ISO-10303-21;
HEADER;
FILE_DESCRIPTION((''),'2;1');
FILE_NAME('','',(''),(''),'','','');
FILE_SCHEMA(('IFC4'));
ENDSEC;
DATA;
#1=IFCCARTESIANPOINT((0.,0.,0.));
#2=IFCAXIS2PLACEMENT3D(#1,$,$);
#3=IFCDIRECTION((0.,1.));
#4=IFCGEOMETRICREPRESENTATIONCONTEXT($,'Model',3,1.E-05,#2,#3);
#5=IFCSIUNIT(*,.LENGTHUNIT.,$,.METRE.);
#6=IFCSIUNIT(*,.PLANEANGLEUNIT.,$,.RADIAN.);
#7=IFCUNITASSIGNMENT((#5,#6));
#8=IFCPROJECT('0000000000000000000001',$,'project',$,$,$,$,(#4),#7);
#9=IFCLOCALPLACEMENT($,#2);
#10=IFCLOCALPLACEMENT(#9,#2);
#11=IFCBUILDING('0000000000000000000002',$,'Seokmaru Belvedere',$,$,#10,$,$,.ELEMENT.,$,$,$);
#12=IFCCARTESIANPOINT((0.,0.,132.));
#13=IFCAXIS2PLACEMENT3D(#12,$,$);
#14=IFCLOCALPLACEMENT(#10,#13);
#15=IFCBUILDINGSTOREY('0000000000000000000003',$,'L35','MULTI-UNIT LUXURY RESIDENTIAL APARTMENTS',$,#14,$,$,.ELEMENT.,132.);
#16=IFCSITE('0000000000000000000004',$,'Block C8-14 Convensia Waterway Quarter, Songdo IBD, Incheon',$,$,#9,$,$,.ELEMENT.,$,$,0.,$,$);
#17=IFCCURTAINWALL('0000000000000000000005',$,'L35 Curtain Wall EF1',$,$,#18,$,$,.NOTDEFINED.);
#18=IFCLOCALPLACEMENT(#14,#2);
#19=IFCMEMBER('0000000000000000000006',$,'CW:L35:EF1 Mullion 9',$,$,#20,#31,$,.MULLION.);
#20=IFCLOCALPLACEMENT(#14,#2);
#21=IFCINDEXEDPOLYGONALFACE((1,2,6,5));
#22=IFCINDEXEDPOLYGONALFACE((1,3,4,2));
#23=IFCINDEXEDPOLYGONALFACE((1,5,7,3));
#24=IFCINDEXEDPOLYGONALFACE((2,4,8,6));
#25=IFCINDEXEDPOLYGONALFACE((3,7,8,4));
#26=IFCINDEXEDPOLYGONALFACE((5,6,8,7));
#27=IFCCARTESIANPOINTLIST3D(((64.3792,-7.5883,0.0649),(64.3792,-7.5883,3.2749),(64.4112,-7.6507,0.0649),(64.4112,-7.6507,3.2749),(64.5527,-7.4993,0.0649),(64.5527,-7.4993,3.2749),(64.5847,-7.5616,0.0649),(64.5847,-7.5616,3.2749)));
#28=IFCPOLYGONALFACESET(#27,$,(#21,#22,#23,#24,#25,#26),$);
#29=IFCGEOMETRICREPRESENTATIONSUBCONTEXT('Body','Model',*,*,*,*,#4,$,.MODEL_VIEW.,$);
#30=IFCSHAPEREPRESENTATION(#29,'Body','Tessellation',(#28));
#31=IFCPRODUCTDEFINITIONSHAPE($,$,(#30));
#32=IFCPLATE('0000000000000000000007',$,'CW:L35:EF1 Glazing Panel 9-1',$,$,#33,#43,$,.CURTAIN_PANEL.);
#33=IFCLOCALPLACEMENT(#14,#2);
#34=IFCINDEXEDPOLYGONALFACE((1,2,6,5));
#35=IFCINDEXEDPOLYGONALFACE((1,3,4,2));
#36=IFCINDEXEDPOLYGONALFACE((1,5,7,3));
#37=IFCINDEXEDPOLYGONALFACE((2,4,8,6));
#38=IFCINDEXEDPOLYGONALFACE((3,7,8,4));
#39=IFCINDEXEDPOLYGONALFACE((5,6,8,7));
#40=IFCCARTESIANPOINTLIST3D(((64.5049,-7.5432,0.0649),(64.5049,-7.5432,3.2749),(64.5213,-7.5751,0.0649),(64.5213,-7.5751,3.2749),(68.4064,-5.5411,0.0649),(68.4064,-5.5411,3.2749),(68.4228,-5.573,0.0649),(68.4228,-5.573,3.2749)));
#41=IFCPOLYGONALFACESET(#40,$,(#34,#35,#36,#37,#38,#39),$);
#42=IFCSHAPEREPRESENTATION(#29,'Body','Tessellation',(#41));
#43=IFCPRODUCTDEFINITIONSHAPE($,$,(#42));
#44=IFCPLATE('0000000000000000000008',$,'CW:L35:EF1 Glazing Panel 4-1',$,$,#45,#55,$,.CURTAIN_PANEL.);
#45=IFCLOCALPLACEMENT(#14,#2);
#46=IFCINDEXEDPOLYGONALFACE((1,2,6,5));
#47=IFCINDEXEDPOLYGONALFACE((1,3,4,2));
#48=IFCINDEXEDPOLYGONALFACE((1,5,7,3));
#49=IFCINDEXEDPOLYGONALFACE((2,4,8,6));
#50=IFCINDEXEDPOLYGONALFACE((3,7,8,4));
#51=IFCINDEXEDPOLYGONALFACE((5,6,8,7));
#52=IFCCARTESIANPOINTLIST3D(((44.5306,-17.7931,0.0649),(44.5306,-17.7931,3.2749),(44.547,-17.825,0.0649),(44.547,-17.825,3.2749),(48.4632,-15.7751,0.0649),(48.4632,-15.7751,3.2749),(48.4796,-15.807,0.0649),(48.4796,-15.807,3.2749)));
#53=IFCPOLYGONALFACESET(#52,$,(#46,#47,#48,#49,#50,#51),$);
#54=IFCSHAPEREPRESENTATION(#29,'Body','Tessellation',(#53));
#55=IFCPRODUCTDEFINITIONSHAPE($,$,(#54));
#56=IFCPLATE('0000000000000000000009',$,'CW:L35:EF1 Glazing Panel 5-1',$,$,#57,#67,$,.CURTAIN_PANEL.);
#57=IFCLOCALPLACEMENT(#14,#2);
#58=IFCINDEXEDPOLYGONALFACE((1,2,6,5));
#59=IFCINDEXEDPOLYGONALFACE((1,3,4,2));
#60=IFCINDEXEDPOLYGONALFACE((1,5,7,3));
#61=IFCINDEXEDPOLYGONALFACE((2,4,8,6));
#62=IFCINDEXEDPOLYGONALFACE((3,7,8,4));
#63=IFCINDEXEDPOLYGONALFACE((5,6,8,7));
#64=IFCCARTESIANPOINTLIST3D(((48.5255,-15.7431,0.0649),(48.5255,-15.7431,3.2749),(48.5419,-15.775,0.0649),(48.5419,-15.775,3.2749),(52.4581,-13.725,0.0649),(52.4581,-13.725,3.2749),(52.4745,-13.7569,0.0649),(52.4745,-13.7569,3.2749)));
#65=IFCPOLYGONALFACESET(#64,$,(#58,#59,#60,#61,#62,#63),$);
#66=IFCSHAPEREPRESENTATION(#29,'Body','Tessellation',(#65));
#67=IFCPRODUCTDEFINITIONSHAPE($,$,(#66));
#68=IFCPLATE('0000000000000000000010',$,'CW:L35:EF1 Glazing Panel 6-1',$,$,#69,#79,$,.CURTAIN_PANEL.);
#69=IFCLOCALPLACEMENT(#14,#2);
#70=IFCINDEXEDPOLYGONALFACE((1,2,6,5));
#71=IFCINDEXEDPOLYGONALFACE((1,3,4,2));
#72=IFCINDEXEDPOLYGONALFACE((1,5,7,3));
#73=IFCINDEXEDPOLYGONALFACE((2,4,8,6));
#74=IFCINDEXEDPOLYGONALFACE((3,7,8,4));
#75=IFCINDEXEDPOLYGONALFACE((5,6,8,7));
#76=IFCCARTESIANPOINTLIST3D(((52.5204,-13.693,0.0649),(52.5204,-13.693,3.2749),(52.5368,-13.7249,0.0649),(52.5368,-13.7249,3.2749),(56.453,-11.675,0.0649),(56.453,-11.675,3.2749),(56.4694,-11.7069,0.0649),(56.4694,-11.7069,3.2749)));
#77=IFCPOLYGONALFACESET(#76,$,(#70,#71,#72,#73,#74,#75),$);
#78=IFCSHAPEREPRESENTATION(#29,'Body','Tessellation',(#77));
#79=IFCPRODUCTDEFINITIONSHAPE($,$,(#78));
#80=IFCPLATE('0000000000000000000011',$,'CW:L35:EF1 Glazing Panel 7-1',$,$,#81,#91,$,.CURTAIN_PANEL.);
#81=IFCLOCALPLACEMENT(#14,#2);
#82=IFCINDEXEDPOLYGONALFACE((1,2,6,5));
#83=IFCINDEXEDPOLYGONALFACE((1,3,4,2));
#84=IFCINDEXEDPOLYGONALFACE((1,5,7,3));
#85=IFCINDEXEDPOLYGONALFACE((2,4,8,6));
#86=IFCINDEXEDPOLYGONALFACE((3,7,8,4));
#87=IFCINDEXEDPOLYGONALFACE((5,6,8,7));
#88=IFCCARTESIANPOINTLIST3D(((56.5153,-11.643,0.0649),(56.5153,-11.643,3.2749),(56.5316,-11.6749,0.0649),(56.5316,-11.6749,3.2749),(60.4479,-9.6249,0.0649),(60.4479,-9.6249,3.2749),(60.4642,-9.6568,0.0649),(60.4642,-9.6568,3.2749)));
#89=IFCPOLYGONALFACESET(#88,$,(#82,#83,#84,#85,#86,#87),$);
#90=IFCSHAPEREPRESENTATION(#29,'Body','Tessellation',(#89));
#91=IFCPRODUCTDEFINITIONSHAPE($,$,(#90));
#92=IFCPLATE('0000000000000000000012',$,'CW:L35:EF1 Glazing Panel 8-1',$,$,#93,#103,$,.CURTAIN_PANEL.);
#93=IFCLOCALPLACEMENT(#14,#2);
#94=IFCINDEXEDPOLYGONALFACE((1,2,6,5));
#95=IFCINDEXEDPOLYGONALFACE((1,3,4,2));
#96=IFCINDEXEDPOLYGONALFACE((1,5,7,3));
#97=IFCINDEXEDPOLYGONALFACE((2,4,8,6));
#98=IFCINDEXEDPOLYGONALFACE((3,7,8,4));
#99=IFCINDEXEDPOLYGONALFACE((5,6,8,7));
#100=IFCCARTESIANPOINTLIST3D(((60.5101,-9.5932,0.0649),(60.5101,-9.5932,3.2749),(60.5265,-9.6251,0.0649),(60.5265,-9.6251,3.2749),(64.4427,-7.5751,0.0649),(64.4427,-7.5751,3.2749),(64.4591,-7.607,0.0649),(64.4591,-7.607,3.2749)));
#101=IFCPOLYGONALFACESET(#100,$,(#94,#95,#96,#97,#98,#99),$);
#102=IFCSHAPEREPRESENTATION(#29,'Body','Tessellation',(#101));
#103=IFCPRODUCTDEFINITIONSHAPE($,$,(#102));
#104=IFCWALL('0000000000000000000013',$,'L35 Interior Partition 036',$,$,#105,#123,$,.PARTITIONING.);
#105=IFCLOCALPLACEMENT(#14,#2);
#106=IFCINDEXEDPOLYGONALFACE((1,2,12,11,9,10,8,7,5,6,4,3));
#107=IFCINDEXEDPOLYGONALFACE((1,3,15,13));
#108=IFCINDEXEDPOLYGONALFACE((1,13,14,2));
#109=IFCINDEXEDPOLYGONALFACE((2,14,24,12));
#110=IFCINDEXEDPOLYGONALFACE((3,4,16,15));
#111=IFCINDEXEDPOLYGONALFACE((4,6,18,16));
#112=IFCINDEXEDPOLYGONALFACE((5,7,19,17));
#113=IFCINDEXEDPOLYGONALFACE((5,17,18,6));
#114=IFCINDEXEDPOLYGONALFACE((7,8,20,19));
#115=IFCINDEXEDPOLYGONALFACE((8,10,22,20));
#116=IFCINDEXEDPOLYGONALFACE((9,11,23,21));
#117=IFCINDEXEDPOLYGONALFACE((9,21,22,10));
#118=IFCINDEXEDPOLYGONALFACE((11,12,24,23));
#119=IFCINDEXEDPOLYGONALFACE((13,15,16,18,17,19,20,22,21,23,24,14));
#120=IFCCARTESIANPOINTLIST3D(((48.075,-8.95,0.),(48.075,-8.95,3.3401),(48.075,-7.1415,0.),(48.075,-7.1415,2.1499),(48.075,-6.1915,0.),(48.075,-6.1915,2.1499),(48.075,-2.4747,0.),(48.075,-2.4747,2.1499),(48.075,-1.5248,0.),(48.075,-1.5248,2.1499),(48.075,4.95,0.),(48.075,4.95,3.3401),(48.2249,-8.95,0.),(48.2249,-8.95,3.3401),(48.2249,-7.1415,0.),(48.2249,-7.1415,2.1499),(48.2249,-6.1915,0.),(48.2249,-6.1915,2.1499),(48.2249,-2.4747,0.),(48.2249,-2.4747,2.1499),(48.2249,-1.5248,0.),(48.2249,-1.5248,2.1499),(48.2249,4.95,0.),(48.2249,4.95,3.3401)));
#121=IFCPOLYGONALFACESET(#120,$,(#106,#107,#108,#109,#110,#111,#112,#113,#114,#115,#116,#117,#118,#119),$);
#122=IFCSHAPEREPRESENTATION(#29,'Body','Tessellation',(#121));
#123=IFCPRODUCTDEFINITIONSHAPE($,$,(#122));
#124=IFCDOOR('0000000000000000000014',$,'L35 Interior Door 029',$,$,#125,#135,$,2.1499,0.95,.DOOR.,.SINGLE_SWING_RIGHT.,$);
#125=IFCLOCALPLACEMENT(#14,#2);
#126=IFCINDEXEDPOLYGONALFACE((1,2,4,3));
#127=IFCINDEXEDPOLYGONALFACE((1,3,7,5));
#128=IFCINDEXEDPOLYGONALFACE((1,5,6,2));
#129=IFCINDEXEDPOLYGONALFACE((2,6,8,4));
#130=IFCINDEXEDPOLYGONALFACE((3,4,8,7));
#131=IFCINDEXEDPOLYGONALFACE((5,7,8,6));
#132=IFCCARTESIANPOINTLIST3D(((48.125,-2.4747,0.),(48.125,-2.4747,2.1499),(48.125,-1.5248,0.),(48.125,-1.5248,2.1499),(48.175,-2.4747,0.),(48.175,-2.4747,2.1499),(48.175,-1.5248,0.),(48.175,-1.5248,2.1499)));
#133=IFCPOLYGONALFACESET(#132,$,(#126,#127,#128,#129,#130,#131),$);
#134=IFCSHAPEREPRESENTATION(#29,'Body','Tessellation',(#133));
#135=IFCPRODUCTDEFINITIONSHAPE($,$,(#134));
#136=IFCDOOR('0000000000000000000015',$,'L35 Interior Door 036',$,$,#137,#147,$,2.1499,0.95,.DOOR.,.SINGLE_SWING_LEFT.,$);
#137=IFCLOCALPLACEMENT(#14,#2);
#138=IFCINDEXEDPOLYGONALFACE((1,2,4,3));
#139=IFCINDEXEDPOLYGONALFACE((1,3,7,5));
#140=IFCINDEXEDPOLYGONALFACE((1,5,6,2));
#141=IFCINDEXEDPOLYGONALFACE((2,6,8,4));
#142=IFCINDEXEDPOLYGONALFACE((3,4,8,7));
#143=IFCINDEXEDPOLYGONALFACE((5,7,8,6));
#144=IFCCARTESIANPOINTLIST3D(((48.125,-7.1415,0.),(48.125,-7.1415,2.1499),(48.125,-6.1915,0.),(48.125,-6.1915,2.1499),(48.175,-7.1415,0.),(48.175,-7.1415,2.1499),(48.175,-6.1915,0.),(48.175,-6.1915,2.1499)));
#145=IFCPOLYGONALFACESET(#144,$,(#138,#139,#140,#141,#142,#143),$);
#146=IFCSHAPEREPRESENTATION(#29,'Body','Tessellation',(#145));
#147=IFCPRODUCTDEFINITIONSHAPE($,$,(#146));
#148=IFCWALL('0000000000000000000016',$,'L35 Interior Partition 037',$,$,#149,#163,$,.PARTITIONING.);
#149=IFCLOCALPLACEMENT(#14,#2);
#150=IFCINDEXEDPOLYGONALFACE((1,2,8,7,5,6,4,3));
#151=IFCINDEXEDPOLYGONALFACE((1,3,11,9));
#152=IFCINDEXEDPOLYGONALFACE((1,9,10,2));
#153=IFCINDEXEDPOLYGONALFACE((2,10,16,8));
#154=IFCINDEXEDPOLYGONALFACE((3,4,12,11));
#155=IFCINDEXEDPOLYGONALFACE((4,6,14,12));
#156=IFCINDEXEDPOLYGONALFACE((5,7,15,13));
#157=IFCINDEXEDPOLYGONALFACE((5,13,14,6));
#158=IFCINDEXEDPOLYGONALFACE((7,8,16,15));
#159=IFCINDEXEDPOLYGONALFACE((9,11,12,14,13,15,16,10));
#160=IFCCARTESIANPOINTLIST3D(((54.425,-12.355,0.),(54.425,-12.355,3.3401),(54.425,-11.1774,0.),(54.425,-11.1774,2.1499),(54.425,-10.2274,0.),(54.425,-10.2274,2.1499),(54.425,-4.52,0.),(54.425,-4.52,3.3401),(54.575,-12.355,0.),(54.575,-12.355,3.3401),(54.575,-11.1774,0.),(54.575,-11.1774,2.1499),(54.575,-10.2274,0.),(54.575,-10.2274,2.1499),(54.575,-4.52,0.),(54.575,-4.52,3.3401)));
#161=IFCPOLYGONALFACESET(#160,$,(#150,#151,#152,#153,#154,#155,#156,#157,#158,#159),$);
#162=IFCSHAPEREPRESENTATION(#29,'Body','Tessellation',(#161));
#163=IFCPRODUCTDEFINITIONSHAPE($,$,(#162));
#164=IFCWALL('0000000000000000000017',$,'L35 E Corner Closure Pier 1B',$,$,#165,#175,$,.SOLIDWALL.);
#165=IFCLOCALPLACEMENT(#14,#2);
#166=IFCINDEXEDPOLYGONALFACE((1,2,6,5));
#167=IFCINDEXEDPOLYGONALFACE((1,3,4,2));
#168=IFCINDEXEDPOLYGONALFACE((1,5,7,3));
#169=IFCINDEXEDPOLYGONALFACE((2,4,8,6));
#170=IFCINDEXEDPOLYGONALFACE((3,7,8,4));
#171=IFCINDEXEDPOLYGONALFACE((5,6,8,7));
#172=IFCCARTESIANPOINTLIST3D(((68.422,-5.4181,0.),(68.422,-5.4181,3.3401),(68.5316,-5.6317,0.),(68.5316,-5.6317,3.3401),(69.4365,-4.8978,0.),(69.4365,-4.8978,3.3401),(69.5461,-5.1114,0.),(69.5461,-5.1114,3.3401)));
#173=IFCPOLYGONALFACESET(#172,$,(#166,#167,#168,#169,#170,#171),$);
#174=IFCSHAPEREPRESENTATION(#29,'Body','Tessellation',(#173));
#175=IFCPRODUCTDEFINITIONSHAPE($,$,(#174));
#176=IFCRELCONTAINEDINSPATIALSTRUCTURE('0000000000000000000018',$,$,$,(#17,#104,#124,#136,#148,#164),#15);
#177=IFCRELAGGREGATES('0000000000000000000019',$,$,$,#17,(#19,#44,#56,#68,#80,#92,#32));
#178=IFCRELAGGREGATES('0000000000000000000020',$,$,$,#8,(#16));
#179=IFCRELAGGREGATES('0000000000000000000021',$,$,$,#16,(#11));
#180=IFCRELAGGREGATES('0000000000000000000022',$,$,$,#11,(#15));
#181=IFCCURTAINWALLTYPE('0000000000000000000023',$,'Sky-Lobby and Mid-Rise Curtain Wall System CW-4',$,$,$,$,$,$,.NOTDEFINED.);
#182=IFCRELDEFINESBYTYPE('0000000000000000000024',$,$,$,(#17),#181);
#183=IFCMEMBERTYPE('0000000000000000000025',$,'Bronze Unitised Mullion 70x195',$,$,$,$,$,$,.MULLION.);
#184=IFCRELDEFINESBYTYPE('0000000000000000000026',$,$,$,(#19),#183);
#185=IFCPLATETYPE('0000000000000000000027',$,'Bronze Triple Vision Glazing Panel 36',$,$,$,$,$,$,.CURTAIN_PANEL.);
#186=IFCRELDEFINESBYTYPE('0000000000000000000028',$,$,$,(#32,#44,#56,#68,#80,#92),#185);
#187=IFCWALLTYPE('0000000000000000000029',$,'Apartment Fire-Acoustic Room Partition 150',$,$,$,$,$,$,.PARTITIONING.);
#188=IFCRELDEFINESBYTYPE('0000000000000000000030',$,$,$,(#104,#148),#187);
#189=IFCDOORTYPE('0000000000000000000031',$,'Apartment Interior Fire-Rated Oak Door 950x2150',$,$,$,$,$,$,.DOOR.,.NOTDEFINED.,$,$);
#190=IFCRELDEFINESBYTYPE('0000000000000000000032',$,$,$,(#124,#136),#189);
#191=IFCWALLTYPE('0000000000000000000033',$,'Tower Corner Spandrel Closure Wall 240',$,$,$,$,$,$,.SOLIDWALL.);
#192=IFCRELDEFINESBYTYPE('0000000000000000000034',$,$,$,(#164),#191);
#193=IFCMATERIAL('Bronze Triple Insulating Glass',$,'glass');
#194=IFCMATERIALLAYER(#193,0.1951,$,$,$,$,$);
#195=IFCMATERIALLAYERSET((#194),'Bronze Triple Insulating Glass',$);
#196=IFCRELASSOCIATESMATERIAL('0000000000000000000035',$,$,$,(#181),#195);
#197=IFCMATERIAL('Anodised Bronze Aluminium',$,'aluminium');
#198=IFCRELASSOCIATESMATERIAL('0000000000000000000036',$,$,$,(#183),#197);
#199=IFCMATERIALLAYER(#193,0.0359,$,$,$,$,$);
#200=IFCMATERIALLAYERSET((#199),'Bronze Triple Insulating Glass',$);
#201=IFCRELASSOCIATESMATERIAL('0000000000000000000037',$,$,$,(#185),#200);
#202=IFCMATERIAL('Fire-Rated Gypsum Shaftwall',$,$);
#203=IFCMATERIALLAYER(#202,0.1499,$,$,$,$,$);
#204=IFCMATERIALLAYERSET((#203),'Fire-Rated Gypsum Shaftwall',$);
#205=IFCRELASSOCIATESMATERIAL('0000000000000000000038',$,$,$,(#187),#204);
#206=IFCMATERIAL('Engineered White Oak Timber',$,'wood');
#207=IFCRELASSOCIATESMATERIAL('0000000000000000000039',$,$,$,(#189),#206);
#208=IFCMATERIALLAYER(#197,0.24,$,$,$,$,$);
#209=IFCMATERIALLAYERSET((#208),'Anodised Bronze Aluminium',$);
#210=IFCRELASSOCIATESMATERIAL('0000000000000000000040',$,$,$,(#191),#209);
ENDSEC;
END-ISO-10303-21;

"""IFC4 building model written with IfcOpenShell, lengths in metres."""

from ifc_helpers import new_model, si_unit, direction, frame, frame_2d, origin, origin_2d, place, context, subcontext, project, spatial, rectangle, extrude, source, transform, mapped, material, layer, layer_set, material_profile, profile_set, type_object, type_shapes, element, fill, aggregate, save


model = new_model("IFC4")

# Units and contexts
model_context = context("Model", 3, precision=1e-05, world=origin(), true_north=direction((0.0, 1.0)))
body_context = subcontext(model_context, "Body", "Model", "MODEL_VIEW")
ifc_project = project(units=[si_unit("LENGTHUNIT", "METRE"), si_unit("PLANEANGLEUNIT", "RADIAN")], contexts=[model_context])

# Site, building, storey
site_placement = place(None, origin())
site = spatial("IfcSite", under=ifc_project, at=site_placement, Name="Block C8-14 Convensia Waterway Quarter, Songdo IBD, Incheon", CompositionType="ELEMENT", RefElevation=0.0)
building_placement = place(site_placement, origin())
building = spatial("IfcBuilding", under=site, at=building_placement, Name="Seokmaru Belvedere", CompositionType="ELEMENT")
storey_placement = place(building_placement, frame((0.0, 0.0, 132.0)))
storey = spatial("IfcBuildingStorey", under=building, at=storey_placement, Name="L35", Description="MULTI-UNIT LUXURY RESIDENTIAL APARTMENTS", CompositionType="ELEMENT", Elevation=132.0)

# Curtain wall, member, plates
ifc_material_1 = material(Name="Bronze Triple Insulating Glass", Category="glass")
ifc_layer_1 = layer(ifc_material_1, 0.1951)
ifc_layer_set_1 = layer_set([ifc_layer_1], Name="Bronze Triple Insulating Glass")
curtain_wall_type = type_object("IfcCurtainWallType", Name="Sky-Lobby and Mid-Rise Curtain Wall System CW-4", PredefinedType="NOTDEFINED", material=ifc_layer_set_1)
curtain_wall_placement = place(storey_placement, origin())
curtain_wall = element("IfcCurtainWall", 1, at=curtain_wall_placement, inside=storey, type_object=curtain_wall_type, Name="L35 Curtain Wall EF1", PredefinedType="NOTDEFINED")
ifc_material_2 = material(Name="Anodised Bronze Aluminium", Category="aluminium")
ifc_material_profile_1 = material_profile(ifc_material_2, rectangle(XDim=0.0701, YDim=0.1951, at=origin_2d()), Name="CW-M-70x195")
ifc_profile_set_1 = profile_set([ifc_material_profile_1], Name="Anodised Bronze Aluminium")
member_type = type_object("IfcMemberType", Name="Bronze Unitised Mullion 70x195", PredefinedType="MULLION", material=ifc_profile_set_1)
shared_shape_1 = source(origin(), body_context, "Body", "SweptSolid", [
    extrude(rectangle(XDim=0.0701, YDim=0.1951, at=origin_2d()), origin(), (0.0, 0.0, 1.0), 3.21),
])
member_1_placement = place(storey_placement, frame((64.4819, -7.575, 0.0649), z_axis=(0.0, 0.0, 1.0), x_axis=(-0.456555, 0.889695, 0.0)))
member_1 = element("IfcMember", 2, at=member_1_placement, type_object=member_type, Name="CW:L35:EF1 Mullion 9", PredefinedType="MULLION", context=body_context, shape_type="MappedRepresentation", body=[
    mapped(shared_shape_1, transform((0.0, 0.0, 0.0), scale=1.0)),
])
ifc_layer_2 = layer(ifc_material_1, 0.0359)
ifc_layer_set_2 = layer_set([ifc_layer_2], Name="Bronze Triple Insulating Glass")
plate_type = type_object("IfcPlateType", Name="Bronze Triple Vision Glazing Panel 36", PredefinedType="CURTAIN_PANEL", material=ifc_layer_set_2)
shared_shape_2 = source(origin(), body_context, "Body", "SweptSolid", [
    extrude(rectangle(XDim=4.3853, YDim=0.0359, at=origin_2d()), origin(), (0.0, 0.0, 1.0), 3.21),
])
plate_1_placement = place(storey_placement, frame((66.4639, -6.5581, 0.0649), z_axis=(0.0, 0.0, 1.0), x_axis=(0.889695, 0.456555, 0.0)))
plate_1 = element("IfcPlate", 3, at=plate_1_placement, type_object=plate_type, Name="CW:L35:EF1 Glazing Panel 9-1", PredefinedType="CURTAIN_PANEL", context=body_context, shape_type="MappedRepresentation", body=[
    mapped(shared_shape_2, transform((0.0, 0.0, 0.0), scale=1.0)),
])
shared_shape_3 = source(origin(), body_context, "Body", "SweptSolid", [
    extrude(rectangle(XDim=4.4202, YDim=0.0359, at=origin_2d()), origin(), (0.0, 0.0, 1.0), 3.21),
])
type_shapes(plate_type, [shared_shape_2, shared_shape_3])
plate_2_placement = place(storey_placement, frame((46.5051, -16.8, 0.0649), z_axis=(0.0, 0.0, 1.0), x_axis=(0.889695, 0.456555, 0.0)))
plate_2 = element("IfcPlate", 4, at=plate_2_placement, type_object=plate_type, Name="CW:L35:EF1 Glazing Panel 4-1", PredefinedType="CURTAIN_PANEL", context=body_context, shape_type="MappedRepresentation", body=[
    mapped(shared_shape_3, transform((0.0, 0.0, 0.0), scale=1.0)),
])
plate_3_placement = place(storey_placement, frame((50.5, -14.75, 0.0649), z_axis=(0.0, 0.0, 1.0), x_axis=(0.889695, 0.456555, 0.0)))
plate_3 = element("IfcPlate", 5, at=plate_3_placement, type_object=plate_type, Name="CW:L35:EF1 Glazing Panel 5-1", PredefinedType="CURTAIN_PANEL", context=body_context, shape_type="MappedRepresentation", body=[
    mapped(shared_shape_3, transform((0.0, 0.0, 0.0), scale=1.0)),
])
plate_4_placement = place(storey_placement, frame((54.4949, -12.7, 0.0649), z_axis=(0.0, 0.0, 1.0), x_axis=(0.889695, 0.456555, 0.0)))
plate_4 = element("IfcPlate", 6, at=plate_4_placement, type_object=plate_type, Name="CW:L35:EF1 Glazing Panel 6-1", PredefinedType="CURTAIN_PANEL", context=body_context, shape_type="MappedRepresentation", body=[
    mapped(shared_shape_3, transform((0.0, 0.0, 0.0), scale=1.0)),
])
plate_5_placement = place(storey_placement, frame((58.4897, -10.6499, 0.0649), z_axis=(0.0, 0.0, 1.0), x_axis=(0.889695, 0.456555, 0.0)))
plate_5 = element("IfcPlate", 7, at=plate_5_placement, type_object=plate_type, Name="CW:L35:EF1 Glazing Panel 7-1", PredefinedType="CURTAIN_PANEL", context=body_context, shape_type="MappedRepresentation", body=[
    mapped(shared_shape_3, transform((0.0, 0.0, 0.0), scale=1.0)),
])
plate_6_placement = place(storey_placement, frame((62.4846, -8.6001, 0.0649), z_axis=(0.0, 0.0, 1.0), x_axis=(0.889695, 0.456555, 0.0)))
plate_6 = element("IfcPlate", 8, at=plate_6_placement, type_object=plate_type, Name="CW:L35:EF1 Glazing Panel 8-1", PredefinedType="CURTAIN_PANEL", context=body_context, shape_type="MappedRepresentation", body=[
    mapped(shared_shape_3, transform((0.0, 0.0, 0.0), scale=1.0)),
])
aggregate(curtain_wall, [member_1, plate_2, plate_3, plate_4, plate_5, plate_6, plate_1])

# Wall, openings, doors
ifc_material_3 = material(Name="Fire-Rated Gypsum Shaftwall")
ifc_layer_3 = layer(ifc_material_3, 0.1499)
ifc_layer_set_3 = layer_set([ifc_layer_3], Name="Fire-Rated Gypsum Shaftwall")
wall_type_1 = type_object("IfcWallType", Name="Apartment Fire-Acoustic Room Partition 150", PredefinedType="PARTITIONING", material=ifc_layer_set_3)
wall_1_placement = place(storey_placement, frame((48.1499, -8.95, 0.0), z_axis=(0.0, 0.0, 1.0), x_axis=(0.0, 1.0, 0.0)))
wall_1 = element("IfcWall", 9, at=wall_1_placement, inside=storey, type_object=wall_type_1, Name="L35 Interior Partition 036", PredefinedType="PARTITIONING", context=body_context, shape_type="SweptSolid", body=[
    extrude(rectangle(XDim=13.8999, YDim=0.1499, at=frame_2d((6.95, 0.0))), origin(), (0.0, 0.0, 1.0), 3.3401),
])
opening_1_placement = place(wall_1_placement, frame((6.4751, 0.0, 0.0)))
opening_1 = element("IfcOpeningElement", 10, at=opening_1_placement, cuts=wall_1, PredefinedType="OPENING", context=body_context, shape_type="SweptSolid", body=[
    extrude(rectangle(XDim=0.95, YDim=2.1499, at=frame_2d((0.4751, 1.075))), frame((0.0, 0.085, 0.0), z_axis=(0.0, -1.0, 0.0), x_axis=(1.0, 0.0, 0.0)), (0.0, 0.0, 1.0), 0.1699),
])
opening_2_placement = place(wall_1_placement, frame((1.8083, 0.0, 0.0)))
opening_2 = element("IfcOpeningElement", 11, at=opening_2_placement, cuts=wall_1, PredefinedType="OPENING", context=body_context, shape_type="SweptSolid", body=[
    extrude(rectangle(XDim=0.95, YDim=2.1499, at=frame_2d((0.4751, 1.075))), frame((0.0, 0.085, 0.0), z_axis=(0.0, -1.0, 0.0), x_axis=(1.0, 0.0, 0.0)), (0.0, 0.0, 1.0), 0.1699),
])
ifc_material_4 = material(Name="Engineered White Oak Timber", Category="wood")
door_type = type_object("IfcDoorType", Name="Apartment Interior Fire-Rated Oak Door 950x2150", OperationType="NOTDEFINED", PredefinedType="DOOR", material=ifc_material_4)
shared_shape_4 = source(origin(), body_context, "Body", "SweptSolid", [
    extrude(rectangle(XDim=0.95, YDim=2.1499, at=frame_2d((0.4751, 1.075))), frame((0.0, 0.0249, 0.0), z_axis=(0.0, -1.0, 0.0), x_axis=(1.0, 0.0, 0.0)), (0.0, 0.0, 1.0), 0.05),
])
type_shapes(door_type, [shared_shape_4])
door_1_placement = place(opening_1_placement, origin())
door_1 = element("IfcDoor", 12, at=door_1_placement, inside=storey, type_object=door_type, Name="L35 Interior Door 029", OperationType="SINGLE_SWING_RIGHT", OverallHeight=2.1499, OverallWidth=0.95, PredefinedType="DOOR", context=body_context, shape_type="MappedRepresentation", body=[
    mapped(shared_shape_4, transform((0.0, 0.0, 0.0), scale=1.0)),
])
fill(opening_1, door_1)
door_2_placement = place(opening_2_placement, origin())
door_2 = element("IfcDoor", 13, at=door_2_placement, inside=storey, type_object=door_type, Name="L35 Interior Door 036", OperationType="SINGLE_SWING_LEFT", OverallHeight=2.1499, OverallWidth=0.95, PredefinedType="DOOR", context=body_context, shape_type="MappedRepresentation", body=[
    mapped(shared_shape_4, transform((0.0, 0.0, 0.0), scale=1.0)),
])
fill(opening_2, door_2)

# Wall, opening
wall_2_placement = place(storey_placement, frame((54.5, -12.355, 0.0), z_axis=(0.0, 0.0, 1.0), x_axis=(0.0, 1.0, 0.0)))
wall_2 = element("IfcWall", 14, at=wall_2_placement, inside=storey, type_object=wall_type_1, Name="L35 Interior Partition 037", PredefinedType="PARTITIONING", context=body_context, shape_type="SweptSolid", body=[
    extrude(rectangle(XDim=7.835, YDim=0.1499, at=frame_2d((3.9175, 0.0))), origin(), (0.0, 0.0, 1.0), 3.3401),
])
opening_3_placement = place(wall_2_placement, frame((1.1775, 0.0, 0.0)))
element("IfcOpeningElement", 15, at=opening_3_placement, cuts=wall_2, PredefinedType="OPENING", context=body_context, shape_type="SweptSolid", body=[
    extrude(rectangle(XDim=0.95, YDim=2.1499, at=frame_2d((0.4751, 1.075))), frame((0.0, 0.085, 0.0), z_axis=(0.0, -1.0, 0.0), x_axis=(1.0, 0.0, 0.0)), (0.0, 0.0, 1.0), 0.1699),
])

# Wall
ifc_layer_4 = layer(ifc_material_2, 0.24)
ifc_layer_set_4 = layer_set([ifc_layer_4], Name="Anodised Bronze Aluminium")
wall_type_2 = type_object("IfcWallType", Name="Tower Corner Spandrel Closure Wall 240", PredefinedType="SOLIDWALL", material=ifc_layer_set_4)
wall_3_placement = place(storey_placement, frame((68.4768, -5.5249, 0.0), z_axis=(0.0, 0.0, 1.0), x_axis=(0.889797, 0.456356, 0.0)))
element("IfcWall", 16, at=wall_3_placement, inside=storey, type_object=wall_type_2, Name="L35 E Corner Closure Pier 1B", PredefinedType="SOLIDWALL", context=body_context, shape_type="SweptSolid", body=[
    extrude(rectangle(XDim=1.1401, YDim=0.24, at=frame_2d((0.5701, 0.0))), origin(), (0.0, 0.0, 1.0), 3.3401),
])

save(model, "model.ifc")
